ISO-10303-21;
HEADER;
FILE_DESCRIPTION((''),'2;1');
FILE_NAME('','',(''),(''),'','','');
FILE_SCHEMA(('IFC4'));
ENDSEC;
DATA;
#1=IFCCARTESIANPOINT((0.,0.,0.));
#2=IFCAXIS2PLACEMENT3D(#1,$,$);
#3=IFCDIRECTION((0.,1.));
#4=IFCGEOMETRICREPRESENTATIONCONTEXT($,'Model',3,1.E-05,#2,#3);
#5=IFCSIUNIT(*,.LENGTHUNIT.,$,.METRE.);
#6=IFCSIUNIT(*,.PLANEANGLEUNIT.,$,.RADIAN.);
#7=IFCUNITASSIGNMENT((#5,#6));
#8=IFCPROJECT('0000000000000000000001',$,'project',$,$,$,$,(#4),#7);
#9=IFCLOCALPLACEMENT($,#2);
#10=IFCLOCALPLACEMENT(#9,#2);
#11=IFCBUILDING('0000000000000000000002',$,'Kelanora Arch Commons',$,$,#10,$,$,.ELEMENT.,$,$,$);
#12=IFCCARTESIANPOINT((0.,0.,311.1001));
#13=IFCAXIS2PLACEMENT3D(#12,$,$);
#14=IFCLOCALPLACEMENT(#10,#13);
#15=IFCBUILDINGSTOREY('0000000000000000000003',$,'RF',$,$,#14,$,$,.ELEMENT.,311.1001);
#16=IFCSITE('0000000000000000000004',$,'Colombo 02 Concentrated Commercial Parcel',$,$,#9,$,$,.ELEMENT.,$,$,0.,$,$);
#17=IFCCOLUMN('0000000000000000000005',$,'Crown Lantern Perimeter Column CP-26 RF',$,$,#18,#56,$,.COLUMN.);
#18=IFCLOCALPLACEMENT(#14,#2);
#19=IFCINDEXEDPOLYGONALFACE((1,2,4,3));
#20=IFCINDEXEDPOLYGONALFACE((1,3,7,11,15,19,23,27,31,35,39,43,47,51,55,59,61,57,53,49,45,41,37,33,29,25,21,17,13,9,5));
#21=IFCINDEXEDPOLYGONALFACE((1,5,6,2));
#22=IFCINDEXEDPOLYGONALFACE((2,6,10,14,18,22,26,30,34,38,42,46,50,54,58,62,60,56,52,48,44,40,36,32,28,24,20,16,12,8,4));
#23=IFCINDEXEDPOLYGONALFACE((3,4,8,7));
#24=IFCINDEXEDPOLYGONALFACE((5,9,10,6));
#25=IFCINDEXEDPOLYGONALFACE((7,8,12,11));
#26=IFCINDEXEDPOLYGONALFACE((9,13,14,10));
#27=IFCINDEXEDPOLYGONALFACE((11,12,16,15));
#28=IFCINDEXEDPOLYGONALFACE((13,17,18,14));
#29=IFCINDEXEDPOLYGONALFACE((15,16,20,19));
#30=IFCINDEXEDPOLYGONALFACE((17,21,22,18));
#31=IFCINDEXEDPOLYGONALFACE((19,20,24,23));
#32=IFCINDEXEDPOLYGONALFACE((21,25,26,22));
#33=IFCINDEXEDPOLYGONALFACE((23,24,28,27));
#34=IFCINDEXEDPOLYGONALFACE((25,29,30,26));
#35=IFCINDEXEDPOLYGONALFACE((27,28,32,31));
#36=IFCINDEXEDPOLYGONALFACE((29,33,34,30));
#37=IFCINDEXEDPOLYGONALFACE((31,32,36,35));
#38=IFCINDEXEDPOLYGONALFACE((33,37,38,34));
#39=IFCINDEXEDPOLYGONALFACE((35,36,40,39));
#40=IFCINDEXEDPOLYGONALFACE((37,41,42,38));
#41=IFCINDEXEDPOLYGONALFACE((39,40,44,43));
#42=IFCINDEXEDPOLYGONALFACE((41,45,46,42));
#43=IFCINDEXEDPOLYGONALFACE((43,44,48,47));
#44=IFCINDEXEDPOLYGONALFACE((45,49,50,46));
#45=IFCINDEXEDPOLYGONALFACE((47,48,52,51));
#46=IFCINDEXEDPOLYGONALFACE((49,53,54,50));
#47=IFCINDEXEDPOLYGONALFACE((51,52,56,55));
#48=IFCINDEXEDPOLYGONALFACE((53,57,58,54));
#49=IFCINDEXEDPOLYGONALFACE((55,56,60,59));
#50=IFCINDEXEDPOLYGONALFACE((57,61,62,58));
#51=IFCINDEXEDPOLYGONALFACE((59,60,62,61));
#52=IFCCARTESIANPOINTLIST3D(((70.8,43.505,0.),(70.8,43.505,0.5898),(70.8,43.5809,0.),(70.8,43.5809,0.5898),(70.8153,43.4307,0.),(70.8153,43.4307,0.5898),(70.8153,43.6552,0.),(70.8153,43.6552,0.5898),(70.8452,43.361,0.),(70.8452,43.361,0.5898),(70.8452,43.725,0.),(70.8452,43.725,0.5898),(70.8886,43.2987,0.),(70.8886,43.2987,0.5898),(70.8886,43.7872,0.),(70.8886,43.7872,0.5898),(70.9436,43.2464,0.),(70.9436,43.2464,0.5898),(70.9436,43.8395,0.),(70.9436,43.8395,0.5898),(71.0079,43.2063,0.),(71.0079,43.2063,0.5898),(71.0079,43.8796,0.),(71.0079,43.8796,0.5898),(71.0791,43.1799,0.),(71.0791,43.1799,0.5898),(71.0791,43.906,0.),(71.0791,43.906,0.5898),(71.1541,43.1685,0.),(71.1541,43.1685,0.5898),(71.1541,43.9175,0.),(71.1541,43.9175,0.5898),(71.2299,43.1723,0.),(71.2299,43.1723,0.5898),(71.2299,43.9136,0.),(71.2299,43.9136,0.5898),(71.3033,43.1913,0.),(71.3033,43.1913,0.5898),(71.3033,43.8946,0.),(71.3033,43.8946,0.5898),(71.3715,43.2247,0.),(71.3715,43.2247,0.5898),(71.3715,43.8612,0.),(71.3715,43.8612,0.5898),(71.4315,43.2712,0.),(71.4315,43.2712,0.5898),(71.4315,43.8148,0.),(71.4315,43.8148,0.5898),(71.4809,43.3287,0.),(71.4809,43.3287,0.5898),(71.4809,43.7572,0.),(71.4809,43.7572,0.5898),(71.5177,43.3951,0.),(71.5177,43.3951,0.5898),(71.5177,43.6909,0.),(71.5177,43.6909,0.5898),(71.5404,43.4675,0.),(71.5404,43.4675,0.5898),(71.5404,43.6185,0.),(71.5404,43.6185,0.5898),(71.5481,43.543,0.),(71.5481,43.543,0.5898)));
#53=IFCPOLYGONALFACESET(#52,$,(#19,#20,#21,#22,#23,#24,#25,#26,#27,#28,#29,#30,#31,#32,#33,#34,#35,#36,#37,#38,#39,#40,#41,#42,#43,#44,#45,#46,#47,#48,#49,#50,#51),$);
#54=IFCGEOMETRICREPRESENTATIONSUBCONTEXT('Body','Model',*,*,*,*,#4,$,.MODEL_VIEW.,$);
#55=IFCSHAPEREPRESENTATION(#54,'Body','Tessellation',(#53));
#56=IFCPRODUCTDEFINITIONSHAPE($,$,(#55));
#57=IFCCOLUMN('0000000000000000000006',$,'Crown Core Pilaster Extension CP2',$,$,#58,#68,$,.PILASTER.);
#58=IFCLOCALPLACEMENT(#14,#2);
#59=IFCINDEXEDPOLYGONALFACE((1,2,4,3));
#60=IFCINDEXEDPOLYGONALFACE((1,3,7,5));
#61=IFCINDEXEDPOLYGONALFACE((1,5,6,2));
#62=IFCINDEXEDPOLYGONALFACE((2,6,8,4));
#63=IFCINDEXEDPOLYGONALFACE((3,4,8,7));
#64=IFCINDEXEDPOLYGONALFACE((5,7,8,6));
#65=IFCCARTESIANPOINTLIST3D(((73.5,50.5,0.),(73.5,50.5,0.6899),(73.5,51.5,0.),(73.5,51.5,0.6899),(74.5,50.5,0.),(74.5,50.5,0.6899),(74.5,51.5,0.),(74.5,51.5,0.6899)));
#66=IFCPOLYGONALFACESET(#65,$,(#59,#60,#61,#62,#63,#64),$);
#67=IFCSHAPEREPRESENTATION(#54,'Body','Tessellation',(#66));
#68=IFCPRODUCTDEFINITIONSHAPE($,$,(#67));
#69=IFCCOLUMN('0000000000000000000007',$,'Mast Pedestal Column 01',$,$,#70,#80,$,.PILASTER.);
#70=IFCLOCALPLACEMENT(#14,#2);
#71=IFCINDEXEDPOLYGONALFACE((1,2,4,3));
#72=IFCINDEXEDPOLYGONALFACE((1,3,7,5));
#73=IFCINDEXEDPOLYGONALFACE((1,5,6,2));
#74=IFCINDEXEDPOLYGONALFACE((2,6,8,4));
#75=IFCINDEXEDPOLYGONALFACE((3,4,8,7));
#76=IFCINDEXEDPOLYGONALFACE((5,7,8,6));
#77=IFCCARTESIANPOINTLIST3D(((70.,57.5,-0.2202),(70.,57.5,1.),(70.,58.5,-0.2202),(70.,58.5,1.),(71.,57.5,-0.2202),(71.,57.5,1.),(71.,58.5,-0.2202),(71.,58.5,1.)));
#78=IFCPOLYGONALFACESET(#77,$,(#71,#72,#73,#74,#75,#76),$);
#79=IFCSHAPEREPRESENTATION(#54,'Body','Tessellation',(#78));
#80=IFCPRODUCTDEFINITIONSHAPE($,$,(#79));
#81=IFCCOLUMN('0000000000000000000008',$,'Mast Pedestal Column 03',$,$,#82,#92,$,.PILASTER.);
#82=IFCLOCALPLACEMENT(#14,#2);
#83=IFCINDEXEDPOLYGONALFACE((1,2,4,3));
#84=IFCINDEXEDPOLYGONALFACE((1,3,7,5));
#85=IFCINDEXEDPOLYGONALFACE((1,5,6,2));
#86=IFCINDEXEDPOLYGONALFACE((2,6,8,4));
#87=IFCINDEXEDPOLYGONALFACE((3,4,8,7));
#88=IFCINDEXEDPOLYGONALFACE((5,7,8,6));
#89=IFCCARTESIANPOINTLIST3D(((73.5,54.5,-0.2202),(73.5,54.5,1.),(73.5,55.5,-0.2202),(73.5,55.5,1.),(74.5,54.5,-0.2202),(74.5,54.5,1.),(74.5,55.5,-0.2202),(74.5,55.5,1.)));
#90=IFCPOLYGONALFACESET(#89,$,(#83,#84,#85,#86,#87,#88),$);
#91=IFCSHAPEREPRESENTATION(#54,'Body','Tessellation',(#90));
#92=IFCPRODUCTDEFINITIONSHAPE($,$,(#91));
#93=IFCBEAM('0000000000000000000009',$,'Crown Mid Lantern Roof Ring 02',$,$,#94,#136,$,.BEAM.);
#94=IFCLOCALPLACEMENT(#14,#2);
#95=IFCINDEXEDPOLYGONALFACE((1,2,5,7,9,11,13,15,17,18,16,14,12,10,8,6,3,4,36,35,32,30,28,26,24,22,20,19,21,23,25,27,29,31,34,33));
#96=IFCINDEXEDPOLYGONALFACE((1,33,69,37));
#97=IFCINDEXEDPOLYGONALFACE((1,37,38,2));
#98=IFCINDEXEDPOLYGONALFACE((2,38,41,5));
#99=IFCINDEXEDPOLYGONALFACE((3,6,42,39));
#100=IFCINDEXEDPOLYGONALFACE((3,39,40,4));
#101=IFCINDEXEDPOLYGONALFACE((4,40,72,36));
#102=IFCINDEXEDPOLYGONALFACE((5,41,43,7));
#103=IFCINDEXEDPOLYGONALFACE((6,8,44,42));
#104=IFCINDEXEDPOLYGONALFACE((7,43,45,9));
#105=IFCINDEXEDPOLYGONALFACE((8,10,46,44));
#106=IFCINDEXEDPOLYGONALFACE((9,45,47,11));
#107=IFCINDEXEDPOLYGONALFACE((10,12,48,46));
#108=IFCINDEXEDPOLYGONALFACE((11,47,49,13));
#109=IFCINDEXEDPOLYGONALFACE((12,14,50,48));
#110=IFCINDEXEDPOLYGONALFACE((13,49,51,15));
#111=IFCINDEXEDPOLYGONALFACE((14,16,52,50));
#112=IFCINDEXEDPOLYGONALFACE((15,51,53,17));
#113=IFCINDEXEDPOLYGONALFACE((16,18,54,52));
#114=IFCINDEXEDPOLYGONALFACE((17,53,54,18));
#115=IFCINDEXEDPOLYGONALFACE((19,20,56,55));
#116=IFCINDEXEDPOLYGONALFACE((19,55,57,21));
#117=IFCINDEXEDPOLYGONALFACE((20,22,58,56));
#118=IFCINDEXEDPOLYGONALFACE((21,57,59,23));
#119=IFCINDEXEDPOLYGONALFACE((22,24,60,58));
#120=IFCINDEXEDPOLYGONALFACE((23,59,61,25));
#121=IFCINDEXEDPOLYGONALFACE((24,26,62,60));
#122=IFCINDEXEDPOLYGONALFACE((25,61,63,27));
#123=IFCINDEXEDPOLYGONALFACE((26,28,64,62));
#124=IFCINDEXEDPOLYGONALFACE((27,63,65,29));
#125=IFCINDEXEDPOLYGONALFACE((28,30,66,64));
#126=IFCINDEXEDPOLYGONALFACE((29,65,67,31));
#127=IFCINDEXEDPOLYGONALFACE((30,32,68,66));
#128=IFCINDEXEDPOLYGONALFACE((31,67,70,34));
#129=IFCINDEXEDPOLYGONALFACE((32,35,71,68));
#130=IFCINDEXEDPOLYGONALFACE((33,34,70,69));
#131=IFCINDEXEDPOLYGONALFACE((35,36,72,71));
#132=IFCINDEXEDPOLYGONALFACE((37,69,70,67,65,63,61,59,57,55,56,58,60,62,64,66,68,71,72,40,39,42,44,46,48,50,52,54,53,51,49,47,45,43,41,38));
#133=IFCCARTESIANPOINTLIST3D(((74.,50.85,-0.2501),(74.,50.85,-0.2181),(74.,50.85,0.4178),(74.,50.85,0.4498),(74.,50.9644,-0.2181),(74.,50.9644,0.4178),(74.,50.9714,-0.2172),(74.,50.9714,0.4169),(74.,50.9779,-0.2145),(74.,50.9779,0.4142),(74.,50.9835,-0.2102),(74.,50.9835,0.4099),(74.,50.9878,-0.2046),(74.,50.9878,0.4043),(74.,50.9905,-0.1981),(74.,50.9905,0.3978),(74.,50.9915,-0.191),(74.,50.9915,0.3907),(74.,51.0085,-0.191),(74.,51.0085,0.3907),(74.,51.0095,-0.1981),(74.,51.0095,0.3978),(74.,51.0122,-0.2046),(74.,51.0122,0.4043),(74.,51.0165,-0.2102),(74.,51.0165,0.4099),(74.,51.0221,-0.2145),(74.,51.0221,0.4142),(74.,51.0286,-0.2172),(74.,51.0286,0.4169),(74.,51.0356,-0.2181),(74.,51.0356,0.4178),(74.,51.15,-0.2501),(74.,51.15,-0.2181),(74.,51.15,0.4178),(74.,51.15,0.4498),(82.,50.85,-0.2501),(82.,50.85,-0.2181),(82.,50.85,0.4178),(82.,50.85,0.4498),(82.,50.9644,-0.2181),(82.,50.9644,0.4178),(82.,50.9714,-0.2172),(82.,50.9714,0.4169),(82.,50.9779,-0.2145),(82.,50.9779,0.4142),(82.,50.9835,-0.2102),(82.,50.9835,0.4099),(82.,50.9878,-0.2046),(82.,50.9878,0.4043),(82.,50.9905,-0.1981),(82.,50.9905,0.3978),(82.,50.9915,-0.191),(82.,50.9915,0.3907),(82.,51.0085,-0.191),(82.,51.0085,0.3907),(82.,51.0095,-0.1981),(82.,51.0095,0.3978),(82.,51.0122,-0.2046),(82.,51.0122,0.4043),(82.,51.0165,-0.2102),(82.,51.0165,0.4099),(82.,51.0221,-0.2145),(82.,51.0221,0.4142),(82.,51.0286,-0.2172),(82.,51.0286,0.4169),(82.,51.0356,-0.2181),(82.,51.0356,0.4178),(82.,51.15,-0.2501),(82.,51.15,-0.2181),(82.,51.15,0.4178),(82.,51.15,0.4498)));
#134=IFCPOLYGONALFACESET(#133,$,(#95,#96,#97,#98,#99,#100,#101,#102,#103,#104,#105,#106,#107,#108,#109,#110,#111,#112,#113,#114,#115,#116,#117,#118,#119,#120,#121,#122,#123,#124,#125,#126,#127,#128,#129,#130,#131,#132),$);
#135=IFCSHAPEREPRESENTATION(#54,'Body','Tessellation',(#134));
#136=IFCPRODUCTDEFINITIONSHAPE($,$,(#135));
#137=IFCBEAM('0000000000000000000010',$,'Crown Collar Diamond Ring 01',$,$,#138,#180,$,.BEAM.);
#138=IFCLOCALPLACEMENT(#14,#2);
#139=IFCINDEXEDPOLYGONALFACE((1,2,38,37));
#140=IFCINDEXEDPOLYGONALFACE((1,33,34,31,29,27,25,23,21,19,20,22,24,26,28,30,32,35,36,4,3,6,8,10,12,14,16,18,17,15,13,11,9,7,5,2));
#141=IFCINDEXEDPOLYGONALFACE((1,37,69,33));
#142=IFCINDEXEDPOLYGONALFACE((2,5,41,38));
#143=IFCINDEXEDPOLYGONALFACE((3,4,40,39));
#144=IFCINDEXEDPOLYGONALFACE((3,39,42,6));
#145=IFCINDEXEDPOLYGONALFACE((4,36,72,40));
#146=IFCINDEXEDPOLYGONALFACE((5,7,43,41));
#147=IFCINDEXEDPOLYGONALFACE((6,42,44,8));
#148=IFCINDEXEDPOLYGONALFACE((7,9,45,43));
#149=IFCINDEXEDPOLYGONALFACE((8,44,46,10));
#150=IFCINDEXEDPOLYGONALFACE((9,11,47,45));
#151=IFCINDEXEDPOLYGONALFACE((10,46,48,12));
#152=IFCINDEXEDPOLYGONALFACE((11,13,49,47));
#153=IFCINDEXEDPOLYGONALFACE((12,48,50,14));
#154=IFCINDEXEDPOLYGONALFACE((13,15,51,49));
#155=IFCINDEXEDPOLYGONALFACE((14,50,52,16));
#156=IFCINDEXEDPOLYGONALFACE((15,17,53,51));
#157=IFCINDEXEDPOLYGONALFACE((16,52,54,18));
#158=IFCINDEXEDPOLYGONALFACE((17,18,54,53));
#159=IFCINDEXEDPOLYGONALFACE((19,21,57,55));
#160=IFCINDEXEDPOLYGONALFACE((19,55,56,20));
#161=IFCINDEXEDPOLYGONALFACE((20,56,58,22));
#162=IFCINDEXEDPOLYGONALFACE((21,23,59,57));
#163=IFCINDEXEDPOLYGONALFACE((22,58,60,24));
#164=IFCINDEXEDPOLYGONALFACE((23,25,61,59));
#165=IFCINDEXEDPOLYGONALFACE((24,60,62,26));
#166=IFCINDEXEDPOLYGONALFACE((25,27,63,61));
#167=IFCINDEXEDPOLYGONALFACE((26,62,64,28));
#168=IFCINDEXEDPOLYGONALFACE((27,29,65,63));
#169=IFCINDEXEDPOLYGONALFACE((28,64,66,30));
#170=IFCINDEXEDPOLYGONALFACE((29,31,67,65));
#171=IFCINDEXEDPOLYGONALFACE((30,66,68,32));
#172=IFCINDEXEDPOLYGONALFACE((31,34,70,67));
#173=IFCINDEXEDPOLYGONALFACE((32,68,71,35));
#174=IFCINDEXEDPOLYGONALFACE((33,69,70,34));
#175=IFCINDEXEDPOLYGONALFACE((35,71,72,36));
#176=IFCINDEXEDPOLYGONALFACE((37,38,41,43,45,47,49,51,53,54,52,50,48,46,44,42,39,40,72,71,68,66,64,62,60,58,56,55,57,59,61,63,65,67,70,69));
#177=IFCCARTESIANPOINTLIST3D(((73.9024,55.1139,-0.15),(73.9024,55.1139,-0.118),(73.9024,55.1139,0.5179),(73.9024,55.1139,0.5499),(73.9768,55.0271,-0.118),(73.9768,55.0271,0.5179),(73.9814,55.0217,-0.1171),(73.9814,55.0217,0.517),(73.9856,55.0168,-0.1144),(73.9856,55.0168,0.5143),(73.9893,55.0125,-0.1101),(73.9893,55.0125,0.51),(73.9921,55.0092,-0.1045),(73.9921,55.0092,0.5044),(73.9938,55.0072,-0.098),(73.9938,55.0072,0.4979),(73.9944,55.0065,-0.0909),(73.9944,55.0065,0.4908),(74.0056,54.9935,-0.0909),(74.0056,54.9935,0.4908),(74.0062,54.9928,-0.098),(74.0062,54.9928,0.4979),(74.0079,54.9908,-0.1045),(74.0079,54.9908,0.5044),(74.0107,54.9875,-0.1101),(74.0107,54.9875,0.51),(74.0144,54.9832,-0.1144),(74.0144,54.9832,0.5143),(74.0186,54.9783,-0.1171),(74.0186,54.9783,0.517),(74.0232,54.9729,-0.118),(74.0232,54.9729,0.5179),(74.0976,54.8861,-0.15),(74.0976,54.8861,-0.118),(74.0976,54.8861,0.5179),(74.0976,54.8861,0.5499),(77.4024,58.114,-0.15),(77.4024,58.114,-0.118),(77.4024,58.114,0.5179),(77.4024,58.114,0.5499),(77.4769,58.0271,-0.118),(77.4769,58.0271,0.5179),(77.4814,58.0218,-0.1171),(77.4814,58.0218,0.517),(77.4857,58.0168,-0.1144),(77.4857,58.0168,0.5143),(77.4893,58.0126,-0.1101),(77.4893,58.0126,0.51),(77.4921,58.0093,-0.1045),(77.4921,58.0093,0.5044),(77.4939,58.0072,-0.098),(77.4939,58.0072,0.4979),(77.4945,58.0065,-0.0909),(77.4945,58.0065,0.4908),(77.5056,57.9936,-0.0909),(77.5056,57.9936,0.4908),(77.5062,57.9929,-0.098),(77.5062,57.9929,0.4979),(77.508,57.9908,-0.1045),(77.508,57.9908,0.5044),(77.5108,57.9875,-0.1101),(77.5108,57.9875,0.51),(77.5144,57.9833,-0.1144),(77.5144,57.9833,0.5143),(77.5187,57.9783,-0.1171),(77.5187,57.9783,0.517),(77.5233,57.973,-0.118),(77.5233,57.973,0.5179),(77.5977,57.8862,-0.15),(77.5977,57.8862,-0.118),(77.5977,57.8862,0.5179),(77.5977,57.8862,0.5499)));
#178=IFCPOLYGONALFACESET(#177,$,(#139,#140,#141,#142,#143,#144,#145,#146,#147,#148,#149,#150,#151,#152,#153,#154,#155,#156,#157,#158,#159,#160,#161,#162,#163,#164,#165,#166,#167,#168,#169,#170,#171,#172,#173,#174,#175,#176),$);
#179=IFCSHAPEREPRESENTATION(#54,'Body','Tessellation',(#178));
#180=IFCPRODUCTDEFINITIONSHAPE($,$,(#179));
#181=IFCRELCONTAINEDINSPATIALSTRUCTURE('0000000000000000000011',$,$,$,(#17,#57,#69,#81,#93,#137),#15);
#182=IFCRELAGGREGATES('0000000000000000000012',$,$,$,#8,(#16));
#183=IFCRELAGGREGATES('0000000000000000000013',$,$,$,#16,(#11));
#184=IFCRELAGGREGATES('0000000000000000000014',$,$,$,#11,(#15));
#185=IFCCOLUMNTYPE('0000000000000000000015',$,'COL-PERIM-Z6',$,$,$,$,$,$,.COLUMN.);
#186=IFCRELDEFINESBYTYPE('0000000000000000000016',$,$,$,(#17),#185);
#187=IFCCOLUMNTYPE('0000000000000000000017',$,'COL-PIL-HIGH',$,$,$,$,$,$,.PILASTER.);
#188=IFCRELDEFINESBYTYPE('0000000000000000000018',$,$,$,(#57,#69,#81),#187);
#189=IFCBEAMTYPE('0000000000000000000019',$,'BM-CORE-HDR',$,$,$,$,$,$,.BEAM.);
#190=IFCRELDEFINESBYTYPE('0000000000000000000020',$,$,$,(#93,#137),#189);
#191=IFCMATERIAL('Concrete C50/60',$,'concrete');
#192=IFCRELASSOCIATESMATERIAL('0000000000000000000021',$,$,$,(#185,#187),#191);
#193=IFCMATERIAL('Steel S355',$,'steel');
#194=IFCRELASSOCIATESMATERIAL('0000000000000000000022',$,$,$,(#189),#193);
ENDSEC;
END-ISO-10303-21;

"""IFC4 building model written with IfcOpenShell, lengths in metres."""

from ifc_helpers import new_model, si_unit, direction, frame, origin, origin_2d, place, context, subcontext, project, spatial, rectangle, circle, i_section, extrude, material, material_profile, profile_set, type_object, element, save


model = new_model("IFC4")

# Units and contexts
model_context = context("Model", 3, precision=1e-05, world=origin(), true_north=direction((0.0, 1.0)))
body_context = subcontext(model_context, "Body", "Model", "MODEL_VIEW")
ifc_project = project(units=[si_unit("LENGTHUNIT", "METRE"), si_unit("PLANEANGLEUNIT", "RADIAN")], contexts=[model_context])

# Site, building, storey
site_placement = place(None, origin())
site = spatial("IfcSite", under=ifc_project, at=site_placement, Name="Colombo 02 Concentrated Commercial Parcel", CompositionType="ELEMENT", RefElevation=0.0)
building_placement = place(site_placement, origin())
building = spatial("IfcBuilding", under=site, at=building_placement, Name="Kelanora Arch Commons", CompositionType="ELEMENT")
storey_placement = place(building_placement, frame((0.0, 0.0, 311.1001)))
storey = spatial("IfcBuildingStorey", under=building, at=storey_placement, Name="RF", CompositionType="ELEMENT", Elevation=311.1001)

# Columns
ifc_material_1 = material(Name="Concrete C50/60", Category="concrete")
ifc_material_profile_1 = material_profile(ifc_material_1, circle(Radius=0.375, at=origin_2d()), Name="RCC750")
ifc_profile_set_1 = profile_set([ifc_material_profile_1], Name="Concrete C50/60")
column_type_1 = type_object("IfcColumnType", Name="COL-PERIM-Z6", PredefinedType="COLUMN", material=ifc_profile_set_1)
column_1_placement = place(storey_placement, frame((71.1731, 43.543, 0.0), z_axis=(0.0, 0.0, 1.0), x_axis=(1.0, 0.0, 0.0)))
element("IfcColumn", 1, at=column_1_placement, inside=storey, type_object=column_type_1, Name="Crown Lantern Perimeter Column CP-26 RF", PredefinedType="COLUMN", context=body_context, shape_type="SweptSolid", body=[
    extrude(circle(Radius=0.375, at=origin_2d()), origin(), (0.0, 0.0, 1.0), 0.5898),
])
ifc_material_profile_2 = material_profile(ifc_material_1, rectangle(XDim=1.0, YDim=1.0, at=origin_2d()), Name="RC1000x1000")
ifc_profile_set_2 = profile_set([ifc_material_profile_2], Name="Concrete C50/60")
column_type_2 = type_object("IfcColumnType", Name="COL-PIL-HIGH", PredefinedType="PILASTER", material=ifc_profile_set_2)
column_2_placement = place(storey_placement, frame((74.0, 51.0, 0.0), z_axis=(0.0, 0.0, 1.0), x_axis=(1.0, 0.0, 0.0)))
element("IfcColumn", 2, at=column_2_placement, inside=storey, type_object=column_type_2, Name="Crown Core Pilaster Extension CP2", PredefinedType="PILASTER", context=body_context, shape_type="SweptSolid", body=[
    extrude(rectangle(XDim=1.0, YDim=1.0, at=origin_2d()), origin(), (0.0, 0.0, 1.0), 0.6899),
])
for number, where, z_axis, x_axis, name in (
    (3, (70.5, 58.0, -0.2202), (0.0, 0.0, 1.0), (1.0, 0.0, 0.0), "Mast Pedestal Column 01"),
    (4, (74.0, 55.0, -0.2202), (0.0, 0.0, 1.0), (1.0, 0.0, 0.0), "Mast Pedestal Column 03"),
):
    element("IfcColumn", number, at=place(storey_placement, frame(where, z_axis=z_axis, x_axis=x_axis)), inside=storey, type_object=column_type_2, Name=name, PredefinedType="PILASTER", context=body_context, shape_type="SweptSolid", body=[
        extrude(rectangle(XDim=1.0, YDim=1.0, at=origin_2d()), origin(), (0.0, 0.0, 1.0), 1.2202),
    ])

# Beams
ifc_material_2 = material(Name="Steel S355", Category="steel")
ifc_material_profile_3 = material_profile(ifc_material_2, i_section(OverallWidth=0.3, OverallDepth=0.7, WebThickness=0.0171, FlangeThickness=0.032, FilletRadius=0.0271, at=origin_2d()), Name="HEB700")
ifc_profile_set_3 = profile_set([ifc_material_profile_3], Name="Steel S355")
beam_type_1 = type_object("IfcBeamType", Name="BM-CORE-HDR", PredefinedType="BEAM", material=ifc_profile_set_3)
beam_1_placement = place(storey_placement, frame((74.0, 51.0, 0.0999), z_axis=(1.0, 0.0, 0.0), x_axis=(0.0, 1.0, 0.0)))
element("IfcBeam", 5, at=beam_1_placement, inside=storey, type_object=beam_type_1, Name="Crown Mid Lantern Roof Ring 02", PredefinedType="BEAM", context=body_context, shape_type="SweptSolid", body=[
    extrude(i_section(OverallWidth=0.3, OverallDepth=0.7, WebThickness=0.0171, FlangeThickness=0.032, FilletRadius=0.0271, at=origin_2d()), origin(), (0.0, 0.0, 1.0), 8.0),
])
beam_2_placement = place(storey_placement, frame((74.0, 55.0, 0.2), z_axis=(0.759257, 0.650791, 0.0), x_axis=(-0.650791, 0.759257, 0.0)))
element("IfcBeam", 6, at=beam_2_placement, inside=storey, type_object=beam_type_1, Name="Crown Collar Diamond Ring 01", PredefinedType="BEAM", context=body_context, shape_type="SweptSolid", body=[
    extrude(i_section(OverallWidth=0.3, OverallDepth=0.7, WebThickness=0.0171, FlangeThickness=0.032, FilletRadius=0.0271, at=origin_2d()), origin(), (0.0, 0.0, 1.0), 4.6099),
])

save(model, "model.ifc")
